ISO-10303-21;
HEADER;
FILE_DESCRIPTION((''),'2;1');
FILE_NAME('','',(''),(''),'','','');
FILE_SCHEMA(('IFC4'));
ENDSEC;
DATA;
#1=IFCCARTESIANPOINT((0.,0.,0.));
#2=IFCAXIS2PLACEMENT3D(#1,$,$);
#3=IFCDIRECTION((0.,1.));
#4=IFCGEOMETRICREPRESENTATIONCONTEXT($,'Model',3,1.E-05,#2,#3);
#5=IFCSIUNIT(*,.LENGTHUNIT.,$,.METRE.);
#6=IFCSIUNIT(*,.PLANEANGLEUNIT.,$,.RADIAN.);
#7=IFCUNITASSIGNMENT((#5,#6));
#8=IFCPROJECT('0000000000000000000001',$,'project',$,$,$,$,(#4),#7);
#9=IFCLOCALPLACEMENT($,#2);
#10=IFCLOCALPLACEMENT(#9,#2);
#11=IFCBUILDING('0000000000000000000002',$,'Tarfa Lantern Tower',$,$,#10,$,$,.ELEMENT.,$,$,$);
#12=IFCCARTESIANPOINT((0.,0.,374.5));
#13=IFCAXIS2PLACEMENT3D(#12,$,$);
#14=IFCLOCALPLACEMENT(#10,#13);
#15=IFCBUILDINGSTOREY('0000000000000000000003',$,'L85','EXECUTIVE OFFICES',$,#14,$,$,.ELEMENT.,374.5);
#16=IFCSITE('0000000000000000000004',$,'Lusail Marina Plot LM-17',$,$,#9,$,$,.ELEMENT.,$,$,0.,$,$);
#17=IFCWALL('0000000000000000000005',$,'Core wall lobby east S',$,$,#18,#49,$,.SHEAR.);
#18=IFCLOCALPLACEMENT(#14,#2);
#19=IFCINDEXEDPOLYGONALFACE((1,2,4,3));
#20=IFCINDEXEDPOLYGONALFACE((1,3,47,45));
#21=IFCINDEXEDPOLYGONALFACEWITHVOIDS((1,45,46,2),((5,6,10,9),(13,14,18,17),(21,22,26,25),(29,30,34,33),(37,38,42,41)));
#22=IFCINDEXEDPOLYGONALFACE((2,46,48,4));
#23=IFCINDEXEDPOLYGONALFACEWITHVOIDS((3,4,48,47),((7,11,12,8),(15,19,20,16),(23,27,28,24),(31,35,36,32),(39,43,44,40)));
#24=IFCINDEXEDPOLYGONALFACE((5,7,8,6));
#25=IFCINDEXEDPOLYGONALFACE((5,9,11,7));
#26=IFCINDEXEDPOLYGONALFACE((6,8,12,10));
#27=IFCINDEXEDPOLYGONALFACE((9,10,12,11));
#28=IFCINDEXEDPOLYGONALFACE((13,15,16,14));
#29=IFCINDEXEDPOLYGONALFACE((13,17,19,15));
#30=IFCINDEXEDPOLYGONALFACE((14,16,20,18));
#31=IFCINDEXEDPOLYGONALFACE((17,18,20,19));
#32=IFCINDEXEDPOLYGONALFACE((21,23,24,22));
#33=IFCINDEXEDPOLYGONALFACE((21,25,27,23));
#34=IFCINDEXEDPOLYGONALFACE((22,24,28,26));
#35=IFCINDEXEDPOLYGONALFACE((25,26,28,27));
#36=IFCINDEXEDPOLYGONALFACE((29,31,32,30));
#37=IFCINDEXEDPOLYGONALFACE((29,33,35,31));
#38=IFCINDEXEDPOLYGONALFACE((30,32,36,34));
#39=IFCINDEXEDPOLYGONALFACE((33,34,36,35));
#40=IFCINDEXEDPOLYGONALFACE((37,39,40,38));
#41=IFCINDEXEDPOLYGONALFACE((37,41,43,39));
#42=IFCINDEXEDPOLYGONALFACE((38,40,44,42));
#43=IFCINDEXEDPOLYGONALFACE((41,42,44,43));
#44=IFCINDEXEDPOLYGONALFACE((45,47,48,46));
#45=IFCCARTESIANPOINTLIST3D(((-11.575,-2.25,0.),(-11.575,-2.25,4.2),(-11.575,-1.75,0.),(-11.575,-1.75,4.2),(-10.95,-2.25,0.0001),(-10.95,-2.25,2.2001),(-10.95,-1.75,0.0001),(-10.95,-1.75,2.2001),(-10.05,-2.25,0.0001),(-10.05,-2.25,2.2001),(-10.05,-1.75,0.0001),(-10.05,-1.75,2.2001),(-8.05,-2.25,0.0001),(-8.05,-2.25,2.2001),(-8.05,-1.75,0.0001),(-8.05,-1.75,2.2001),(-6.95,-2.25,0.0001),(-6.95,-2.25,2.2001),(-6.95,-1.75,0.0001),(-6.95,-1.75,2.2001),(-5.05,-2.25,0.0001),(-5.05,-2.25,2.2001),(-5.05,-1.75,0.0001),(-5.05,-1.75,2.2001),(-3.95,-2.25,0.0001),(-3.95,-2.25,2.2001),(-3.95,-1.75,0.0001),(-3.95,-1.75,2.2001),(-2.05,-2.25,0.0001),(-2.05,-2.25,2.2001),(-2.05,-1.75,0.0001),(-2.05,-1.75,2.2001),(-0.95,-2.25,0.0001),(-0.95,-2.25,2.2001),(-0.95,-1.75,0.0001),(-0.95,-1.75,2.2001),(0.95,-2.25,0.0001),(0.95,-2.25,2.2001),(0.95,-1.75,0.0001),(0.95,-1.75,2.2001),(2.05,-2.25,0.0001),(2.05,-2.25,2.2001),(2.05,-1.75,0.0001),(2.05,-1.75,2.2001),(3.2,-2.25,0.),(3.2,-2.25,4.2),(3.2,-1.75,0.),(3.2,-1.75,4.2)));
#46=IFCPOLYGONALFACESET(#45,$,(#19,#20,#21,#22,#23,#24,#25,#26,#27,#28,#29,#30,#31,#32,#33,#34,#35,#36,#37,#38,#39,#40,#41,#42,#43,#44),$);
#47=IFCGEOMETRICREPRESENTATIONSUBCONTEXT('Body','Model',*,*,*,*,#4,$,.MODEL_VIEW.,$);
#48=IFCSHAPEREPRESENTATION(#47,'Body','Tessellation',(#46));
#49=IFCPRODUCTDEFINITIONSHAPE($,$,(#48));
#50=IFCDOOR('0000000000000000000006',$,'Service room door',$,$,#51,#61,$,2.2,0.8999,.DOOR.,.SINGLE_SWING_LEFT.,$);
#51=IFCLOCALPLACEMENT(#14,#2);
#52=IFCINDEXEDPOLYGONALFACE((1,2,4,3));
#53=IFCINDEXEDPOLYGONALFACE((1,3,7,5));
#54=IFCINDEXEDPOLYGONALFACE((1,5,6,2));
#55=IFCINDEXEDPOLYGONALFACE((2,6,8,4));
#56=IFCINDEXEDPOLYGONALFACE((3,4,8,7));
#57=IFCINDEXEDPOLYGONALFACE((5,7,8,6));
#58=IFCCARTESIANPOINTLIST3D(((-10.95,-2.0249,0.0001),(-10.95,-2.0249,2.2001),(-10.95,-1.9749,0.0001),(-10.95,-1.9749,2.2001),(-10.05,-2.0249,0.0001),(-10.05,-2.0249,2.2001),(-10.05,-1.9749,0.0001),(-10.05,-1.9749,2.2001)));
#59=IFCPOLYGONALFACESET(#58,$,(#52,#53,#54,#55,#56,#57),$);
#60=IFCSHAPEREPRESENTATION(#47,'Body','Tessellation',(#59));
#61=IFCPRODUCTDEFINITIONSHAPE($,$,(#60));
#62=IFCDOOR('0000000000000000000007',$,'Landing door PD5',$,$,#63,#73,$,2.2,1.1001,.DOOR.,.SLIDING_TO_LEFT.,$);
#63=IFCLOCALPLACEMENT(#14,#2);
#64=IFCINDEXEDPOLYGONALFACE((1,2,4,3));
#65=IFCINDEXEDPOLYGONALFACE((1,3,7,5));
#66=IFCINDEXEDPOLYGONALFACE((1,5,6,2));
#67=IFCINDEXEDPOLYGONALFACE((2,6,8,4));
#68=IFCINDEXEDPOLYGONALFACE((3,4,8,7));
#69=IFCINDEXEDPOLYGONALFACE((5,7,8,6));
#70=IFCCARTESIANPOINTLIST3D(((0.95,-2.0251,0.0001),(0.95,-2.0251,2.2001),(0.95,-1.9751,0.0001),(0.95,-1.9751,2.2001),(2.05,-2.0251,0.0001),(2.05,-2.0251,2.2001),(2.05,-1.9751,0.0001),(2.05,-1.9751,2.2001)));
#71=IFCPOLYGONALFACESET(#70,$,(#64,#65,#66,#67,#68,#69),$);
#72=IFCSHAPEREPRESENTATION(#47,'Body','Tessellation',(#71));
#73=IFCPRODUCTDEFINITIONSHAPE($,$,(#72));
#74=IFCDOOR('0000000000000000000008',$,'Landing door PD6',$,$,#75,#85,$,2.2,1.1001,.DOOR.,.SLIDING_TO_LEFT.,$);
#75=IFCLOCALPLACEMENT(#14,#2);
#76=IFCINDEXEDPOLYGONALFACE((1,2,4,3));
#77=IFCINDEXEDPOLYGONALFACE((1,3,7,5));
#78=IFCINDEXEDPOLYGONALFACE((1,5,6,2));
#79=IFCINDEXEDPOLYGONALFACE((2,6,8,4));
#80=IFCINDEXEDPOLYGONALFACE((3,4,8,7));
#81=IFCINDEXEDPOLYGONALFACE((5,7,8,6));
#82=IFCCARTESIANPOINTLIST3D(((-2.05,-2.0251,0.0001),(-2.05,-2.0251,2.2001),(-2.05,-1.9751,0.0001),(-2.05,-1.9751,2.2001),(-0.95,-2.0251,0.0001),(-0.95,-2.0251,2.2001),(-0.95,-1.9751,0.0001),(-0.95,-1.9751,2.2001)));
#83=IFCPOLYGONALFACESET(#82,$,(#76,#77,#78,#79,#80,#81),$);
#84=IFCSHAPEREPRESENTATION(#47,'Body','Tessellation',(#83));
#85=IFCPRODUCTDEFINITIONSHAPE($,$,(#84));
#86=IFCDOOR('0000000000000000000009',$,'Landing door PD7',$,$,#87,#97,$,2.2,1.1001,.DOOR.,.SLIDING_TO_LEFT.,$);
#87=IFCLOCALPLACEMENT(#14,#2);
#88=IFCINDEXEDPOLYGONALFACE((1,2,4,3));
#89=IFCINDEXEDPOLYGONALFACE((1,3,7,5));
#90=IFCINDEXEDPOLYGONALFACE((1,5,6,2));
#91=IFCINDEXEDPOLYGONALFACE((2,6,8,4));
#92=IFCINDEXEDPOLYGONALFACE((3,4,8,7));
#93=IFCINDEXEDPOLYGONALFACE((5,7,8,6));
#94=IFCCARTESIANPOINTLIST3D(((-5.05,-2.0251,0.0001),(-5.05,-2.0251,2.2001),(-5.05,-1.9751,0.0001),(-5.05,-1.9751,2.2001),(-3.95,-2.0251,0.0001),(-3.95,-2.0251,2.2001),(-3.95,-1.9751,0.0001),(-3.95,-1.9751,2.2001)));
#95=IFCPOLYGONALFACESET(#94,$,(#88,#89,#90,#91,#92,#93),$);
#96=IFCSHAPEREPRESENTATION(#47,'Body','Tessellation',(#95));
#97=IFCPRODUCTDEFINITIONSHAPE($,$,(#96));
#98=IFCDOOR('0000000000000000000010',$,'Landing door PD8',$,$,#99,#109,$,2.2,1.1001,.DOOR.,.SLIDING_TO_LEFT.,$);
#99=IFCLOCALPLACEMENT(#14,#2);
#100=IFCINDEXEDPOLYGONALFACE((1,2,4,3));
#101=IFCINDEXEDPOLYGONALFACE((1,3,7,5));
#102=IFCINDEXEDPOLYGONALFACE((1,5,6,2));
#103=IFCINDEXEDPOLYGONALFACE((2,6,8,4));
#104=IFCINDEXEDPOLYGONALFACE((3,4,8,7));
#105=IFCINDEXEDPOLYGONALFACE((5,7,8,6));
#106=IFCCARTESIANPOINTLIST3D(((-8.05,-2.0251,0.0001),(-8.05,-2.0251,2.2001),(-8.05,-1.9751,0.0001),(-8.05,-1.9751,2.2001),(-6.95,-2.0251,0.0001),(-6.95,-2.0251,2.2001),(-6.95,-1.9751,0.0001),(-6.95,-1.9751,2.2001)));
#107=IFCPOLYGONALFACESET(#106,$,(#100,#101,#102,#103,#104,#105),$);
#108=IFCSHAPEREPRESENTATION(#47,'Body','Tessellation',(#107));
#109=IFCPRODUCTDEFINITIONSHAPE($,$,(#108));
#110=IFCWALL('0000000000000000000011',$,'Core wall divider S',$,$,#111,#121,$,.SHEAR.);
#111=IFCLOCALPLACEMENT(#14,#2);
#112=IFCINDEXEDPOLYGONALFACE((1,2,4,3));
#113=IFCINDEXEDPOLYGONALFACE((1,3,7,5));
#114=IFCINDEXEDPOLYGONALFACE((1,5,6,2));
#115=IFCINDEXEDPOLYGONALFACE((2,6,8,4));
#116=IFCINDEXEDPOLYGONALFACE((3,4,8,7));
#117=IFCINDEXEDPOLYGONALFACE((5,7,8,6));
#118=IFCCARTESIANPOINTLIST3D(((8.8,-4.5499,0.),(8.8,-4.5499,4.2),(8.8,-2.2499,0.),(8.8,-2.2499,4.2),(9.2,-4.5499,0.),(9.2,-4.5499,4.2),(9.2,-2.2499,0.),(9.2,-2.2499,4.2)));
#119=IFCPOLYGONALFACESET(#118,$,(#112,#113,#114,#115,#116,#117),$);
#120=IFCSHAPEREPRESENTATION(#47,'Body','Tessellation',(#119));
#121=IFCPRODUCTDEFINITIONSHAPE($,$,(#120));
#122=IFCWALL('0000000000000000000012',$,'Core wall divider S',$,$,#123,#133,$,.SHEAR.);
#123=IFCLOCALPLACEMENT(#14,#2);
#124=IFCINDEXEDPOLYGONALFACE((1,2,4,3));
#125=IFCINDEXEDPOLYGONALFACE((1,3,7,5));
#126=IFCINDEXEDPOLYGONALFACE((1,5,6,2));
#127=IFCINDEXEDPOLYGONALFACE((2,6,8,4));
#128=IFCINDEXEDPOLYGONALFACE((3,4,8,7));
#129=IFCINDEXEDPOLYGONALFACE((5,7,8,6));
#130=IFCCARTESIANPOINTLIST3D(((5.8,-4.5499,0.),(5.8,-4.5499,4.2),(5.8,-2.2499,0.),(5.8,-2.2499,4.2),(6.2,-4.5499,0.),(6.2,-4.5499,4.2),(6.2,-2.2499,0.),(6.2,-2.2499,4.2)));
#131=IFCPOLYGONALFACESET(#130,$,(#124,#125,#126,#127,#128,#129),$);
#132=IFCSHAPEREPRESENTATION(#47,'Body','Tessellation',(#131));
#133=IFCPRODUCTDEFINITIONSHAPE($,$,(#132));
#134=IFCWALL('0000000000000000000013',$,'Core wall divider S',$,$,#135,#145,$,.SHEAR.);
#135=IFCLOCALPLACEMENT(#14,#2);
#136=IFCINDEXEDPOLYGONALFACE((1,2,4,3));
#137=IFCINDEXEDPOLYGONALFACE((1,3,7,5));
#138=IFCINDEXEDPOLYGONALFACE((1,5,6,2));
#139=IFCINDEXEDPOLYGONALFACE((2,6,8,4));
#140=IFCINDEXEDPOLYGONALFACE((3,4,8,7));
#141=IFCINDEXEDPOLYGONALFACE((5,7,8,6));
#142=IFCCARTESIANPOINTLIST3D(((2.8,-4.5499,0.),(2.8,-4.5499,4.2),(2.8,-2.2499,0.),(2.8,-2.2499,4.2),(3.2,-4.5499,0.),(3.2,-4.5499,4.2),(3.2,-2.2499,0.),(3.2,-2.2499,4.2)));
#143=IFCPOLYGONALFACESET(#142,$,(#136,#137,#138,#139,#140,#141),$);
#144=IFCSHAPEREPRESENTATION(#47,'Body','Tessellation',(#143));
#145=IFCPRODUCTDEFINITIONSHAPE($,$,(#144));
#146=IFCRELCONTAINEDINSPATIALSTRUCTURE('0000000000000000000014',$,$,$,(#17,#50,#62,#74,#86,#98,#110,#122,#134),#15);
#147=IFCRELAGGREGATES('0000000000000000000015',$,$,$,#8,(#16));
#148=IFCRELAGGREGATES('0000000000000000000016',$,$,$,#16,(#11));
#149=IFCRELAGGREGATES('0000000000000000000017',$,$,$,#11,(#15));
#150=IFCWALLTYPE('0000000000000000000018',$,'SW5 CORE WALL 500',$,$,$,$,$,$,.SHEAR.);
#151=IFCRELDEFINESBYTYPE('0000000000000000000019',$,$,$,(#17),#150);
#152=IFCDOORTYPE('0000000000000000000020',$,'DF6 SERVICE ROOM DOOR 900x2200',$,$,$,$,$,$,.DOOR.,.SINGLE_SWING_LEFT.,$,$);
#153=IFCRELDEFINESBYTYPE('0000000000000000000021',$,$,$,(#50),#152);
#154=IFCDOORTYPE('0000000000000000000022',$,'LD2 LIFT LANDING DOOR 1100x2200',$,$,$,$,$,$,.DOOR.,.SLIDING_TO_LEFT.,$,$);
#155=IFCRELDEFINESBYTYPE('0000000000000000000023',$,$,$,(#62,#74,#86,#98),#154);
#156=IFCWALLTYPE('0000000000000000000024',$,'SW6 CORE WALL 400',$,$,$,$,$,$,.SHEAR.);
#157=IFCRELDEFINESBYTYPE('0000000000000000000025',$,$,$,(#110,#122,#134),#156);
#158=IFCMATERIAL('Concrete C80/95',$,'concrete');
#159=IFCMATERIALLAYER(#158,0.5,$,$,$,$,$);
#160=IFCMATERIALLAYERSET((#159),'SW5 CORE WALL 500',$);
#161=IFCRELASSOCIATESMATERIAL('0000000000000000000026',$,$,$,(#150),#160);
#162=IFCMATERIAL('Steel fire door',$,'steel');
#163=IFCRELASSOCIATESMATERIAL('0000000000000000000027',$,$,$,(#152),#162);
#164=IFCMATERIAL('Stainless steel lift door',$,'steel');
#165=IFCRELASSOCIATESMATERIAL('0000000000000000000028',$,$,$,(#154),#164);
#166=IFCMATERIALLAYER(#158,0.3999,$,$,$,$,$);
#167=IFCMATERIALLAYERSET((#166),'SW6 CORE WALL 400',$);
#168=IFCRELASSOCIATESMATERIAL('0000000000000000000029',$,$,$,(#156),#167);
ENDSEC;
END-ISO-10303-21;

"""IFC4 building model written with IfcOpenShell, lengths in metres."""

from ifc_helpers import new_model, si_unit, direction, frame, frame_2d, origin, place, context, subcontext, project, spatial, rectangle, extrude, material, layer, layer_set, type_object, element, fill, save


model = new_model("IFC4")

# Units and contexts
model_context = context("Model", 3, precision=1e-05, world=origin(), true_north=direction((0.0, 1.0)))
body_context = subcontext(model_context, "Body", "Model", "MODEL_VIEW")
ifc_project = project(units=[si_unit("LENGTHUNIT", "METRE"), si_unit("PLANEANGLEUNIT", "RADIAN")], contexts=[model_context])

# Site, building, storey
site_placement = place(None, origin())
site = spatial("IfcSite", under=ifc_project, at=site_placement, Name="Lusail Marina Plot LM-17", CompositionType="ELEMENT", RefElevation=0.0)
building_placement = place(site_placement, origin())
building = spatial("IfcBuilding", under=site, at=building_placement, Name="Tarfa Lantern Tower", CompositionType="ELEMENT")
storey_placement = place(building_placement, frame((0.0, 0.0, 374.5)))
storey = spatial("IfcBuildingStorey", under=building, at=storey_placement, Name="L85", Description="EXECUTIVE OFFICES", CompositionType="ELEMENT", Elevation=374.5)

# Shared definitions
ifc_material_1 = material(Name="Concrete C80/95", Category="concrete")

# Shared definitions
ifc_material_2 = material(Name="Steel fire door", Category="steel")

# Wall, openings, doors
ifc_layer_1 = layer(ifc_material_1, 0.5)
ifc_layer_set_1 = layer_set([ifc_layer_1], Name="SW5 CORE WALL 500")
wall_type_1 = type_object("IfcWallType", Name="SW5 CORE WALL 500", PredefinedType="SHEAR", material=ifc_layer_set_1)
wall_1_placement = place(storey_placement, frame((3.2, -2.0, 0.0), z_axis=(0.0, 0.0, 1.0), x_axis=(-1.0, 0.0, 0.0)))
wall_1 = element("IfcWall", 1, at=wall_1_placement, inside=storey, type_object=wall_type_1, Name="Core wall lobby east S", PredefinedType="SHEAR", context=body_context, shape_type="SweptSolid", body=[
    extrude(rectangle(XDim=14.7749, YDim=0.5, at=frame_2d((7.3875, 0.0))), origin(), (0.0, 0.0, 1.0), 4.2),
])
opening_1_placement = place(wall_1_placement, frame((13.25, 0.0, 0.0)))
opening_1 = element("IfcOpeningElement", 2, at=opening_1_placement, cuts=wall_1, PredefinedType="OPENING", context=body_context, shape_type="SweptSolid", body=[
    extrude(rectangle(XDim=0.8999, YDim=2.2, at=frame_2d((0.45, 1.1001))), frame((0.0, 0.26, 0.0), z_axis=(0.0, -1.0, 0.0), x_axis=(1.0, 0.0, 0.0)), (0.0, 0.0, 1.0), 0.52),
])
opening_2_placement = place(wall_1_placement, frame((1.1499, 0.0, 0.0)))
opening_2 = element("IfcOpeningElement", 3, at=opening_2_placement, cuts=wall_1, PredefinedType="OPENING", context=body_context, shape_type="SweptSolid", body=[
    extrude(rectangle(XDim=1.1001, YDim=2.2, at=frame_2d((0.55, 1.1001))), frame((0.0, 0.26, 0.0), z_axis=(0.0, -1.0, 0.0), x_axis=(1.0, 0.0, 0.0)), (0.0, 0.0, 1.0), 0.52),
])
opening_3_placement = place(wall_1_placement, frame((4.1499, 0.0, 0.0)))
opening_3 = element("IfcOpeningElement", 4, at=opening_3_placement, cuts=wall_1, PredefinedType="OPENING", context=body_context, shape_type="SweptSolid", body=[
    extrude(rectangle(XDim=1.1001, YDim=2.2, at=frame_2d((0.55, 1.1001))), frame((0.0, 0.26, 0.0), z_axis=(0.0, -1.0, 0.0), x_axis=(1.0, 0.0, 0.0)), (0.0, 0.0, 1.0), 0.52),
])
opening_4_placement = place(wall_1_placement, frame((7.1499, 0.0, 0.0)))
opening_4 = element("IfcOpeningElement", 5, at=opening_4_placement, cuts=wall_1, PredefinedType="OPENING", context=body_context, shape_type="SweptSolid", body=[
    extrude(rectangle(XDim=1.1001, YDim=2.2, at=frame_2d((0.55, 1.1001))), frame((0.0, 0.26, 0.0), z_axis=(0.0, -1.0, 0.0), x_axis=(1.0, 0.0, 0.0)), (0.0, 0.0, 1.0), 0.52),
])
opening_5_placement = place(wall_1_placement, frame((10.1499, 0.0, 0.0)))
opening_5 = element("IfcOpeningElement", 6, at=opening_5_placement, cuts=wall_1, PredefinedType="OPENING", context=body_context, shape_type="SweptSolid", body=[
    extrude(rectangle(XDim=1.1001, YDim=2.2, at=frame_2d((0.55, 1.1001))), frame((0.0, 0.26, 0.0), z_axis=(0.0, -1.0, 0.0), x_axis=(1.0, 0.0, 0.0)), (0.0, 0.0, 1.0), 0.52),
])
door_type_1 = type_object("IfcDoorType", Name="DF6 SERVICE ROOM DOOR 900x2200", OperationType="SINGLE_SWING_LEFT", PredefinedType="DOOR", material=ifc_material_2)
door_1_placement = place(opening_1_placement, origin())
door_1 = element("IfcDoor", 7, at=door_1_placement, inside=storey, type_object=door_type_1, Name="Service room door", OperationType="SINGLE_SWING_LEFT", OverallHeight=2.2, OverallWidth=0.8999, PredefinedType="DOOR", context=body_context, shape_type="SweptSolid", body=[
    extrude(rectangle(XDim=0.8999, YDim=2.2, at=frame_2d((0.45, 1.1001))), frame((0.0, 0.0249, 0.0), z_axis=(0.0, -1.0, 0.0), x_axis=(1.0, 0.0, 0.0)), (0.0, 0.0, 1.0), 0.05),
])
fill(opening_1, door_1)
ifc_material_3 = material(Name="Stainless steel lift door", Category="steel")
door_type_2 = type_object("IfcDoorType", Name="LD2 LIFT LANDING DOOR 1100x2200", OperationType="SLIDING_TO_LEFT", PredefinedType="DOOR", material=ifc_material_3)
door_2_placement = place(opening_2_placement, frame((1.1001, 0.0, 0.0), z_axis=(0.0, 0.0, 1.0), x_axis=(-1.0, 0.0, 0.0)))
door_2 = element("IfcDoor", 8, at=door_2_placement, inside=storey, type_object=door_type_2, Name="Landing door PD5", OperationType="SLIDING_TO_LEFT", OverallHeight=2.2, OverallWidth=1.1001, PredefinedType="DOOR", context=body_context, shape_type="SweptSolid", body=[
    extrude(rectangle(XDim=1.1001, YDim=2.2, at=frame_2d((0.55, 1.1001))), frame((0.0, 0.0249, 0.0), z_axis=(0.0, -1.0, 0.0), x_axis=(1.0, 0.0, 0.0)), (0.0, 0.0, 1.0), 0.05),
])
fill(opening_2, door_2)
door_3_placement = place(opening_3_placement, frame((1.1001, 0.0, 0.0), z_axis=(0.0, 0.0, 1.0), x_axis=(-1.0, 0.0, 0.0)))
door_3 = element("IfcDoor", 9, at=door_3_placement, inside=storey, type_object=door_type_2, Name="Landing door PD6", OperationType="SLIDING_TO_LEFT", OverallHeight=2.2, OverallWidth=1.1001, PredefinedType="DOOR", context=body_context, shape_type="SweptSolid", body=[
    extrude(rectangle(XDim=1.1001, YDim=2.2, at=frame_2d((0.55, 1.1001))), frame((0.0, 0.0249, 0.0), z_axis=(0.0, -1.0, 0.0), x_axis=(1.0, 0.0, 0.0)), (0.0, 0.0, 1.0), 0.05),
])
fill(opening_3, door_3)
door_4_placement = place(opening_4_placement, frame((1.1001, 0.0, 0.0), z_axis=(0.0, 0.0, 1.0), x_axis=(-1.0, 0.0, 0.0)))
door_4 = element("IfcDoor", 10, at=door_4_placement, inside=storey, type_object=door_type_2, Name="Landing door PD7", OperationType="SLIDING_TO_LEFT", OverallHeight=2.2, OverallWidth=1.1001, PredefinedType="DOOR", context=body_context, shape_type="SweptSolid", body=[
    extrude(rectangle(XDim=1.1001, YDim=2.2, at=frame_2d((0.55, 1.1001))), frame((0.0, 0.0249, 0.0), z_axis=(0.0, -1.0, 0.0), x_axis=(1.0, 0.0, 0.0)), (0.0, 0.0, 1.0), 0.05),
])
fill(opening_4, door_4)
door_5_placement = place(opening_5_placement, frame((1.1001, 0.0, 0.0), z_axis=(0.0, 0.0, 1.0), x_axis=(-1.0, 0.0, 0.0)))
door_5 = element("IfcDoor", 11, at=door_5_placement, inside=storey, type_object=door_type_2, Name="Landing door PD8", OperationType="SLIDING_TO_LEFT", OverallHeight=2.2, OverallWidth=1.1001, PredefinedType="DOOR", context=body_context, shape_type="SweptSolid", body=[
    extrude(rectangle(XDim=1.1001, YDim=2.2, at=frame_2d((0.55, 1.1001))), frame((0.0, 0.0249, 0.0), z_axis=(0.0, -1.0, 0.0), x_axis=(1.0, 0.0, 0.0)), (0.0, 0.0, 1.0), 0.05),
])
fill(opening_5, door_5)

# Walls
ifc_layer_2 = layer(ifc_material_1, 0.3999)
ifc_layer_set_2 = layer_set([ifc_layer_2], Name="SW6 CORE WALL 400")
wall_type_2 = type_object("IfcWallType", Name="SW6 CORE WALL 400", PredefinedType="SHEAR", material=ifc_layer_set_2)
for number, where, z_axis, x_axis, name in (
    (12, (9.0, -2.25, 0.0), (0.0, 0.0, 1.0), (0.0, -1.0, 0.0), "Core wall divider S"),
    (13, (6.0, -2.25, 0.0), (0.0, 0.0, 1.0), (0.0, -1.0, 0.0), "Core wall divider S"),
    (14, (3.0, -2.25, 0.0), (0.0, 0.0, 1.0), (0.0, -1.0, 0.0), "Core wall divider S"),
):
    element("IfcWall", number, at=place(storey_placement, frame(where, z_axis=z_axis, x_axis=x_axis)), inside=storey, type_object=wall_type_2, Name=name, PredefinedType="SHEAR", context=body_context, shape_type="SweptSolid", body=[
        extrude(rectangle(XDim=2.3, YDim=0.3999, at=frame_2d((1.1499, 0.0))), origin(), (0.0, 0.0, 1.0), 4.2),
    ])

save(model, "model.ifc")
